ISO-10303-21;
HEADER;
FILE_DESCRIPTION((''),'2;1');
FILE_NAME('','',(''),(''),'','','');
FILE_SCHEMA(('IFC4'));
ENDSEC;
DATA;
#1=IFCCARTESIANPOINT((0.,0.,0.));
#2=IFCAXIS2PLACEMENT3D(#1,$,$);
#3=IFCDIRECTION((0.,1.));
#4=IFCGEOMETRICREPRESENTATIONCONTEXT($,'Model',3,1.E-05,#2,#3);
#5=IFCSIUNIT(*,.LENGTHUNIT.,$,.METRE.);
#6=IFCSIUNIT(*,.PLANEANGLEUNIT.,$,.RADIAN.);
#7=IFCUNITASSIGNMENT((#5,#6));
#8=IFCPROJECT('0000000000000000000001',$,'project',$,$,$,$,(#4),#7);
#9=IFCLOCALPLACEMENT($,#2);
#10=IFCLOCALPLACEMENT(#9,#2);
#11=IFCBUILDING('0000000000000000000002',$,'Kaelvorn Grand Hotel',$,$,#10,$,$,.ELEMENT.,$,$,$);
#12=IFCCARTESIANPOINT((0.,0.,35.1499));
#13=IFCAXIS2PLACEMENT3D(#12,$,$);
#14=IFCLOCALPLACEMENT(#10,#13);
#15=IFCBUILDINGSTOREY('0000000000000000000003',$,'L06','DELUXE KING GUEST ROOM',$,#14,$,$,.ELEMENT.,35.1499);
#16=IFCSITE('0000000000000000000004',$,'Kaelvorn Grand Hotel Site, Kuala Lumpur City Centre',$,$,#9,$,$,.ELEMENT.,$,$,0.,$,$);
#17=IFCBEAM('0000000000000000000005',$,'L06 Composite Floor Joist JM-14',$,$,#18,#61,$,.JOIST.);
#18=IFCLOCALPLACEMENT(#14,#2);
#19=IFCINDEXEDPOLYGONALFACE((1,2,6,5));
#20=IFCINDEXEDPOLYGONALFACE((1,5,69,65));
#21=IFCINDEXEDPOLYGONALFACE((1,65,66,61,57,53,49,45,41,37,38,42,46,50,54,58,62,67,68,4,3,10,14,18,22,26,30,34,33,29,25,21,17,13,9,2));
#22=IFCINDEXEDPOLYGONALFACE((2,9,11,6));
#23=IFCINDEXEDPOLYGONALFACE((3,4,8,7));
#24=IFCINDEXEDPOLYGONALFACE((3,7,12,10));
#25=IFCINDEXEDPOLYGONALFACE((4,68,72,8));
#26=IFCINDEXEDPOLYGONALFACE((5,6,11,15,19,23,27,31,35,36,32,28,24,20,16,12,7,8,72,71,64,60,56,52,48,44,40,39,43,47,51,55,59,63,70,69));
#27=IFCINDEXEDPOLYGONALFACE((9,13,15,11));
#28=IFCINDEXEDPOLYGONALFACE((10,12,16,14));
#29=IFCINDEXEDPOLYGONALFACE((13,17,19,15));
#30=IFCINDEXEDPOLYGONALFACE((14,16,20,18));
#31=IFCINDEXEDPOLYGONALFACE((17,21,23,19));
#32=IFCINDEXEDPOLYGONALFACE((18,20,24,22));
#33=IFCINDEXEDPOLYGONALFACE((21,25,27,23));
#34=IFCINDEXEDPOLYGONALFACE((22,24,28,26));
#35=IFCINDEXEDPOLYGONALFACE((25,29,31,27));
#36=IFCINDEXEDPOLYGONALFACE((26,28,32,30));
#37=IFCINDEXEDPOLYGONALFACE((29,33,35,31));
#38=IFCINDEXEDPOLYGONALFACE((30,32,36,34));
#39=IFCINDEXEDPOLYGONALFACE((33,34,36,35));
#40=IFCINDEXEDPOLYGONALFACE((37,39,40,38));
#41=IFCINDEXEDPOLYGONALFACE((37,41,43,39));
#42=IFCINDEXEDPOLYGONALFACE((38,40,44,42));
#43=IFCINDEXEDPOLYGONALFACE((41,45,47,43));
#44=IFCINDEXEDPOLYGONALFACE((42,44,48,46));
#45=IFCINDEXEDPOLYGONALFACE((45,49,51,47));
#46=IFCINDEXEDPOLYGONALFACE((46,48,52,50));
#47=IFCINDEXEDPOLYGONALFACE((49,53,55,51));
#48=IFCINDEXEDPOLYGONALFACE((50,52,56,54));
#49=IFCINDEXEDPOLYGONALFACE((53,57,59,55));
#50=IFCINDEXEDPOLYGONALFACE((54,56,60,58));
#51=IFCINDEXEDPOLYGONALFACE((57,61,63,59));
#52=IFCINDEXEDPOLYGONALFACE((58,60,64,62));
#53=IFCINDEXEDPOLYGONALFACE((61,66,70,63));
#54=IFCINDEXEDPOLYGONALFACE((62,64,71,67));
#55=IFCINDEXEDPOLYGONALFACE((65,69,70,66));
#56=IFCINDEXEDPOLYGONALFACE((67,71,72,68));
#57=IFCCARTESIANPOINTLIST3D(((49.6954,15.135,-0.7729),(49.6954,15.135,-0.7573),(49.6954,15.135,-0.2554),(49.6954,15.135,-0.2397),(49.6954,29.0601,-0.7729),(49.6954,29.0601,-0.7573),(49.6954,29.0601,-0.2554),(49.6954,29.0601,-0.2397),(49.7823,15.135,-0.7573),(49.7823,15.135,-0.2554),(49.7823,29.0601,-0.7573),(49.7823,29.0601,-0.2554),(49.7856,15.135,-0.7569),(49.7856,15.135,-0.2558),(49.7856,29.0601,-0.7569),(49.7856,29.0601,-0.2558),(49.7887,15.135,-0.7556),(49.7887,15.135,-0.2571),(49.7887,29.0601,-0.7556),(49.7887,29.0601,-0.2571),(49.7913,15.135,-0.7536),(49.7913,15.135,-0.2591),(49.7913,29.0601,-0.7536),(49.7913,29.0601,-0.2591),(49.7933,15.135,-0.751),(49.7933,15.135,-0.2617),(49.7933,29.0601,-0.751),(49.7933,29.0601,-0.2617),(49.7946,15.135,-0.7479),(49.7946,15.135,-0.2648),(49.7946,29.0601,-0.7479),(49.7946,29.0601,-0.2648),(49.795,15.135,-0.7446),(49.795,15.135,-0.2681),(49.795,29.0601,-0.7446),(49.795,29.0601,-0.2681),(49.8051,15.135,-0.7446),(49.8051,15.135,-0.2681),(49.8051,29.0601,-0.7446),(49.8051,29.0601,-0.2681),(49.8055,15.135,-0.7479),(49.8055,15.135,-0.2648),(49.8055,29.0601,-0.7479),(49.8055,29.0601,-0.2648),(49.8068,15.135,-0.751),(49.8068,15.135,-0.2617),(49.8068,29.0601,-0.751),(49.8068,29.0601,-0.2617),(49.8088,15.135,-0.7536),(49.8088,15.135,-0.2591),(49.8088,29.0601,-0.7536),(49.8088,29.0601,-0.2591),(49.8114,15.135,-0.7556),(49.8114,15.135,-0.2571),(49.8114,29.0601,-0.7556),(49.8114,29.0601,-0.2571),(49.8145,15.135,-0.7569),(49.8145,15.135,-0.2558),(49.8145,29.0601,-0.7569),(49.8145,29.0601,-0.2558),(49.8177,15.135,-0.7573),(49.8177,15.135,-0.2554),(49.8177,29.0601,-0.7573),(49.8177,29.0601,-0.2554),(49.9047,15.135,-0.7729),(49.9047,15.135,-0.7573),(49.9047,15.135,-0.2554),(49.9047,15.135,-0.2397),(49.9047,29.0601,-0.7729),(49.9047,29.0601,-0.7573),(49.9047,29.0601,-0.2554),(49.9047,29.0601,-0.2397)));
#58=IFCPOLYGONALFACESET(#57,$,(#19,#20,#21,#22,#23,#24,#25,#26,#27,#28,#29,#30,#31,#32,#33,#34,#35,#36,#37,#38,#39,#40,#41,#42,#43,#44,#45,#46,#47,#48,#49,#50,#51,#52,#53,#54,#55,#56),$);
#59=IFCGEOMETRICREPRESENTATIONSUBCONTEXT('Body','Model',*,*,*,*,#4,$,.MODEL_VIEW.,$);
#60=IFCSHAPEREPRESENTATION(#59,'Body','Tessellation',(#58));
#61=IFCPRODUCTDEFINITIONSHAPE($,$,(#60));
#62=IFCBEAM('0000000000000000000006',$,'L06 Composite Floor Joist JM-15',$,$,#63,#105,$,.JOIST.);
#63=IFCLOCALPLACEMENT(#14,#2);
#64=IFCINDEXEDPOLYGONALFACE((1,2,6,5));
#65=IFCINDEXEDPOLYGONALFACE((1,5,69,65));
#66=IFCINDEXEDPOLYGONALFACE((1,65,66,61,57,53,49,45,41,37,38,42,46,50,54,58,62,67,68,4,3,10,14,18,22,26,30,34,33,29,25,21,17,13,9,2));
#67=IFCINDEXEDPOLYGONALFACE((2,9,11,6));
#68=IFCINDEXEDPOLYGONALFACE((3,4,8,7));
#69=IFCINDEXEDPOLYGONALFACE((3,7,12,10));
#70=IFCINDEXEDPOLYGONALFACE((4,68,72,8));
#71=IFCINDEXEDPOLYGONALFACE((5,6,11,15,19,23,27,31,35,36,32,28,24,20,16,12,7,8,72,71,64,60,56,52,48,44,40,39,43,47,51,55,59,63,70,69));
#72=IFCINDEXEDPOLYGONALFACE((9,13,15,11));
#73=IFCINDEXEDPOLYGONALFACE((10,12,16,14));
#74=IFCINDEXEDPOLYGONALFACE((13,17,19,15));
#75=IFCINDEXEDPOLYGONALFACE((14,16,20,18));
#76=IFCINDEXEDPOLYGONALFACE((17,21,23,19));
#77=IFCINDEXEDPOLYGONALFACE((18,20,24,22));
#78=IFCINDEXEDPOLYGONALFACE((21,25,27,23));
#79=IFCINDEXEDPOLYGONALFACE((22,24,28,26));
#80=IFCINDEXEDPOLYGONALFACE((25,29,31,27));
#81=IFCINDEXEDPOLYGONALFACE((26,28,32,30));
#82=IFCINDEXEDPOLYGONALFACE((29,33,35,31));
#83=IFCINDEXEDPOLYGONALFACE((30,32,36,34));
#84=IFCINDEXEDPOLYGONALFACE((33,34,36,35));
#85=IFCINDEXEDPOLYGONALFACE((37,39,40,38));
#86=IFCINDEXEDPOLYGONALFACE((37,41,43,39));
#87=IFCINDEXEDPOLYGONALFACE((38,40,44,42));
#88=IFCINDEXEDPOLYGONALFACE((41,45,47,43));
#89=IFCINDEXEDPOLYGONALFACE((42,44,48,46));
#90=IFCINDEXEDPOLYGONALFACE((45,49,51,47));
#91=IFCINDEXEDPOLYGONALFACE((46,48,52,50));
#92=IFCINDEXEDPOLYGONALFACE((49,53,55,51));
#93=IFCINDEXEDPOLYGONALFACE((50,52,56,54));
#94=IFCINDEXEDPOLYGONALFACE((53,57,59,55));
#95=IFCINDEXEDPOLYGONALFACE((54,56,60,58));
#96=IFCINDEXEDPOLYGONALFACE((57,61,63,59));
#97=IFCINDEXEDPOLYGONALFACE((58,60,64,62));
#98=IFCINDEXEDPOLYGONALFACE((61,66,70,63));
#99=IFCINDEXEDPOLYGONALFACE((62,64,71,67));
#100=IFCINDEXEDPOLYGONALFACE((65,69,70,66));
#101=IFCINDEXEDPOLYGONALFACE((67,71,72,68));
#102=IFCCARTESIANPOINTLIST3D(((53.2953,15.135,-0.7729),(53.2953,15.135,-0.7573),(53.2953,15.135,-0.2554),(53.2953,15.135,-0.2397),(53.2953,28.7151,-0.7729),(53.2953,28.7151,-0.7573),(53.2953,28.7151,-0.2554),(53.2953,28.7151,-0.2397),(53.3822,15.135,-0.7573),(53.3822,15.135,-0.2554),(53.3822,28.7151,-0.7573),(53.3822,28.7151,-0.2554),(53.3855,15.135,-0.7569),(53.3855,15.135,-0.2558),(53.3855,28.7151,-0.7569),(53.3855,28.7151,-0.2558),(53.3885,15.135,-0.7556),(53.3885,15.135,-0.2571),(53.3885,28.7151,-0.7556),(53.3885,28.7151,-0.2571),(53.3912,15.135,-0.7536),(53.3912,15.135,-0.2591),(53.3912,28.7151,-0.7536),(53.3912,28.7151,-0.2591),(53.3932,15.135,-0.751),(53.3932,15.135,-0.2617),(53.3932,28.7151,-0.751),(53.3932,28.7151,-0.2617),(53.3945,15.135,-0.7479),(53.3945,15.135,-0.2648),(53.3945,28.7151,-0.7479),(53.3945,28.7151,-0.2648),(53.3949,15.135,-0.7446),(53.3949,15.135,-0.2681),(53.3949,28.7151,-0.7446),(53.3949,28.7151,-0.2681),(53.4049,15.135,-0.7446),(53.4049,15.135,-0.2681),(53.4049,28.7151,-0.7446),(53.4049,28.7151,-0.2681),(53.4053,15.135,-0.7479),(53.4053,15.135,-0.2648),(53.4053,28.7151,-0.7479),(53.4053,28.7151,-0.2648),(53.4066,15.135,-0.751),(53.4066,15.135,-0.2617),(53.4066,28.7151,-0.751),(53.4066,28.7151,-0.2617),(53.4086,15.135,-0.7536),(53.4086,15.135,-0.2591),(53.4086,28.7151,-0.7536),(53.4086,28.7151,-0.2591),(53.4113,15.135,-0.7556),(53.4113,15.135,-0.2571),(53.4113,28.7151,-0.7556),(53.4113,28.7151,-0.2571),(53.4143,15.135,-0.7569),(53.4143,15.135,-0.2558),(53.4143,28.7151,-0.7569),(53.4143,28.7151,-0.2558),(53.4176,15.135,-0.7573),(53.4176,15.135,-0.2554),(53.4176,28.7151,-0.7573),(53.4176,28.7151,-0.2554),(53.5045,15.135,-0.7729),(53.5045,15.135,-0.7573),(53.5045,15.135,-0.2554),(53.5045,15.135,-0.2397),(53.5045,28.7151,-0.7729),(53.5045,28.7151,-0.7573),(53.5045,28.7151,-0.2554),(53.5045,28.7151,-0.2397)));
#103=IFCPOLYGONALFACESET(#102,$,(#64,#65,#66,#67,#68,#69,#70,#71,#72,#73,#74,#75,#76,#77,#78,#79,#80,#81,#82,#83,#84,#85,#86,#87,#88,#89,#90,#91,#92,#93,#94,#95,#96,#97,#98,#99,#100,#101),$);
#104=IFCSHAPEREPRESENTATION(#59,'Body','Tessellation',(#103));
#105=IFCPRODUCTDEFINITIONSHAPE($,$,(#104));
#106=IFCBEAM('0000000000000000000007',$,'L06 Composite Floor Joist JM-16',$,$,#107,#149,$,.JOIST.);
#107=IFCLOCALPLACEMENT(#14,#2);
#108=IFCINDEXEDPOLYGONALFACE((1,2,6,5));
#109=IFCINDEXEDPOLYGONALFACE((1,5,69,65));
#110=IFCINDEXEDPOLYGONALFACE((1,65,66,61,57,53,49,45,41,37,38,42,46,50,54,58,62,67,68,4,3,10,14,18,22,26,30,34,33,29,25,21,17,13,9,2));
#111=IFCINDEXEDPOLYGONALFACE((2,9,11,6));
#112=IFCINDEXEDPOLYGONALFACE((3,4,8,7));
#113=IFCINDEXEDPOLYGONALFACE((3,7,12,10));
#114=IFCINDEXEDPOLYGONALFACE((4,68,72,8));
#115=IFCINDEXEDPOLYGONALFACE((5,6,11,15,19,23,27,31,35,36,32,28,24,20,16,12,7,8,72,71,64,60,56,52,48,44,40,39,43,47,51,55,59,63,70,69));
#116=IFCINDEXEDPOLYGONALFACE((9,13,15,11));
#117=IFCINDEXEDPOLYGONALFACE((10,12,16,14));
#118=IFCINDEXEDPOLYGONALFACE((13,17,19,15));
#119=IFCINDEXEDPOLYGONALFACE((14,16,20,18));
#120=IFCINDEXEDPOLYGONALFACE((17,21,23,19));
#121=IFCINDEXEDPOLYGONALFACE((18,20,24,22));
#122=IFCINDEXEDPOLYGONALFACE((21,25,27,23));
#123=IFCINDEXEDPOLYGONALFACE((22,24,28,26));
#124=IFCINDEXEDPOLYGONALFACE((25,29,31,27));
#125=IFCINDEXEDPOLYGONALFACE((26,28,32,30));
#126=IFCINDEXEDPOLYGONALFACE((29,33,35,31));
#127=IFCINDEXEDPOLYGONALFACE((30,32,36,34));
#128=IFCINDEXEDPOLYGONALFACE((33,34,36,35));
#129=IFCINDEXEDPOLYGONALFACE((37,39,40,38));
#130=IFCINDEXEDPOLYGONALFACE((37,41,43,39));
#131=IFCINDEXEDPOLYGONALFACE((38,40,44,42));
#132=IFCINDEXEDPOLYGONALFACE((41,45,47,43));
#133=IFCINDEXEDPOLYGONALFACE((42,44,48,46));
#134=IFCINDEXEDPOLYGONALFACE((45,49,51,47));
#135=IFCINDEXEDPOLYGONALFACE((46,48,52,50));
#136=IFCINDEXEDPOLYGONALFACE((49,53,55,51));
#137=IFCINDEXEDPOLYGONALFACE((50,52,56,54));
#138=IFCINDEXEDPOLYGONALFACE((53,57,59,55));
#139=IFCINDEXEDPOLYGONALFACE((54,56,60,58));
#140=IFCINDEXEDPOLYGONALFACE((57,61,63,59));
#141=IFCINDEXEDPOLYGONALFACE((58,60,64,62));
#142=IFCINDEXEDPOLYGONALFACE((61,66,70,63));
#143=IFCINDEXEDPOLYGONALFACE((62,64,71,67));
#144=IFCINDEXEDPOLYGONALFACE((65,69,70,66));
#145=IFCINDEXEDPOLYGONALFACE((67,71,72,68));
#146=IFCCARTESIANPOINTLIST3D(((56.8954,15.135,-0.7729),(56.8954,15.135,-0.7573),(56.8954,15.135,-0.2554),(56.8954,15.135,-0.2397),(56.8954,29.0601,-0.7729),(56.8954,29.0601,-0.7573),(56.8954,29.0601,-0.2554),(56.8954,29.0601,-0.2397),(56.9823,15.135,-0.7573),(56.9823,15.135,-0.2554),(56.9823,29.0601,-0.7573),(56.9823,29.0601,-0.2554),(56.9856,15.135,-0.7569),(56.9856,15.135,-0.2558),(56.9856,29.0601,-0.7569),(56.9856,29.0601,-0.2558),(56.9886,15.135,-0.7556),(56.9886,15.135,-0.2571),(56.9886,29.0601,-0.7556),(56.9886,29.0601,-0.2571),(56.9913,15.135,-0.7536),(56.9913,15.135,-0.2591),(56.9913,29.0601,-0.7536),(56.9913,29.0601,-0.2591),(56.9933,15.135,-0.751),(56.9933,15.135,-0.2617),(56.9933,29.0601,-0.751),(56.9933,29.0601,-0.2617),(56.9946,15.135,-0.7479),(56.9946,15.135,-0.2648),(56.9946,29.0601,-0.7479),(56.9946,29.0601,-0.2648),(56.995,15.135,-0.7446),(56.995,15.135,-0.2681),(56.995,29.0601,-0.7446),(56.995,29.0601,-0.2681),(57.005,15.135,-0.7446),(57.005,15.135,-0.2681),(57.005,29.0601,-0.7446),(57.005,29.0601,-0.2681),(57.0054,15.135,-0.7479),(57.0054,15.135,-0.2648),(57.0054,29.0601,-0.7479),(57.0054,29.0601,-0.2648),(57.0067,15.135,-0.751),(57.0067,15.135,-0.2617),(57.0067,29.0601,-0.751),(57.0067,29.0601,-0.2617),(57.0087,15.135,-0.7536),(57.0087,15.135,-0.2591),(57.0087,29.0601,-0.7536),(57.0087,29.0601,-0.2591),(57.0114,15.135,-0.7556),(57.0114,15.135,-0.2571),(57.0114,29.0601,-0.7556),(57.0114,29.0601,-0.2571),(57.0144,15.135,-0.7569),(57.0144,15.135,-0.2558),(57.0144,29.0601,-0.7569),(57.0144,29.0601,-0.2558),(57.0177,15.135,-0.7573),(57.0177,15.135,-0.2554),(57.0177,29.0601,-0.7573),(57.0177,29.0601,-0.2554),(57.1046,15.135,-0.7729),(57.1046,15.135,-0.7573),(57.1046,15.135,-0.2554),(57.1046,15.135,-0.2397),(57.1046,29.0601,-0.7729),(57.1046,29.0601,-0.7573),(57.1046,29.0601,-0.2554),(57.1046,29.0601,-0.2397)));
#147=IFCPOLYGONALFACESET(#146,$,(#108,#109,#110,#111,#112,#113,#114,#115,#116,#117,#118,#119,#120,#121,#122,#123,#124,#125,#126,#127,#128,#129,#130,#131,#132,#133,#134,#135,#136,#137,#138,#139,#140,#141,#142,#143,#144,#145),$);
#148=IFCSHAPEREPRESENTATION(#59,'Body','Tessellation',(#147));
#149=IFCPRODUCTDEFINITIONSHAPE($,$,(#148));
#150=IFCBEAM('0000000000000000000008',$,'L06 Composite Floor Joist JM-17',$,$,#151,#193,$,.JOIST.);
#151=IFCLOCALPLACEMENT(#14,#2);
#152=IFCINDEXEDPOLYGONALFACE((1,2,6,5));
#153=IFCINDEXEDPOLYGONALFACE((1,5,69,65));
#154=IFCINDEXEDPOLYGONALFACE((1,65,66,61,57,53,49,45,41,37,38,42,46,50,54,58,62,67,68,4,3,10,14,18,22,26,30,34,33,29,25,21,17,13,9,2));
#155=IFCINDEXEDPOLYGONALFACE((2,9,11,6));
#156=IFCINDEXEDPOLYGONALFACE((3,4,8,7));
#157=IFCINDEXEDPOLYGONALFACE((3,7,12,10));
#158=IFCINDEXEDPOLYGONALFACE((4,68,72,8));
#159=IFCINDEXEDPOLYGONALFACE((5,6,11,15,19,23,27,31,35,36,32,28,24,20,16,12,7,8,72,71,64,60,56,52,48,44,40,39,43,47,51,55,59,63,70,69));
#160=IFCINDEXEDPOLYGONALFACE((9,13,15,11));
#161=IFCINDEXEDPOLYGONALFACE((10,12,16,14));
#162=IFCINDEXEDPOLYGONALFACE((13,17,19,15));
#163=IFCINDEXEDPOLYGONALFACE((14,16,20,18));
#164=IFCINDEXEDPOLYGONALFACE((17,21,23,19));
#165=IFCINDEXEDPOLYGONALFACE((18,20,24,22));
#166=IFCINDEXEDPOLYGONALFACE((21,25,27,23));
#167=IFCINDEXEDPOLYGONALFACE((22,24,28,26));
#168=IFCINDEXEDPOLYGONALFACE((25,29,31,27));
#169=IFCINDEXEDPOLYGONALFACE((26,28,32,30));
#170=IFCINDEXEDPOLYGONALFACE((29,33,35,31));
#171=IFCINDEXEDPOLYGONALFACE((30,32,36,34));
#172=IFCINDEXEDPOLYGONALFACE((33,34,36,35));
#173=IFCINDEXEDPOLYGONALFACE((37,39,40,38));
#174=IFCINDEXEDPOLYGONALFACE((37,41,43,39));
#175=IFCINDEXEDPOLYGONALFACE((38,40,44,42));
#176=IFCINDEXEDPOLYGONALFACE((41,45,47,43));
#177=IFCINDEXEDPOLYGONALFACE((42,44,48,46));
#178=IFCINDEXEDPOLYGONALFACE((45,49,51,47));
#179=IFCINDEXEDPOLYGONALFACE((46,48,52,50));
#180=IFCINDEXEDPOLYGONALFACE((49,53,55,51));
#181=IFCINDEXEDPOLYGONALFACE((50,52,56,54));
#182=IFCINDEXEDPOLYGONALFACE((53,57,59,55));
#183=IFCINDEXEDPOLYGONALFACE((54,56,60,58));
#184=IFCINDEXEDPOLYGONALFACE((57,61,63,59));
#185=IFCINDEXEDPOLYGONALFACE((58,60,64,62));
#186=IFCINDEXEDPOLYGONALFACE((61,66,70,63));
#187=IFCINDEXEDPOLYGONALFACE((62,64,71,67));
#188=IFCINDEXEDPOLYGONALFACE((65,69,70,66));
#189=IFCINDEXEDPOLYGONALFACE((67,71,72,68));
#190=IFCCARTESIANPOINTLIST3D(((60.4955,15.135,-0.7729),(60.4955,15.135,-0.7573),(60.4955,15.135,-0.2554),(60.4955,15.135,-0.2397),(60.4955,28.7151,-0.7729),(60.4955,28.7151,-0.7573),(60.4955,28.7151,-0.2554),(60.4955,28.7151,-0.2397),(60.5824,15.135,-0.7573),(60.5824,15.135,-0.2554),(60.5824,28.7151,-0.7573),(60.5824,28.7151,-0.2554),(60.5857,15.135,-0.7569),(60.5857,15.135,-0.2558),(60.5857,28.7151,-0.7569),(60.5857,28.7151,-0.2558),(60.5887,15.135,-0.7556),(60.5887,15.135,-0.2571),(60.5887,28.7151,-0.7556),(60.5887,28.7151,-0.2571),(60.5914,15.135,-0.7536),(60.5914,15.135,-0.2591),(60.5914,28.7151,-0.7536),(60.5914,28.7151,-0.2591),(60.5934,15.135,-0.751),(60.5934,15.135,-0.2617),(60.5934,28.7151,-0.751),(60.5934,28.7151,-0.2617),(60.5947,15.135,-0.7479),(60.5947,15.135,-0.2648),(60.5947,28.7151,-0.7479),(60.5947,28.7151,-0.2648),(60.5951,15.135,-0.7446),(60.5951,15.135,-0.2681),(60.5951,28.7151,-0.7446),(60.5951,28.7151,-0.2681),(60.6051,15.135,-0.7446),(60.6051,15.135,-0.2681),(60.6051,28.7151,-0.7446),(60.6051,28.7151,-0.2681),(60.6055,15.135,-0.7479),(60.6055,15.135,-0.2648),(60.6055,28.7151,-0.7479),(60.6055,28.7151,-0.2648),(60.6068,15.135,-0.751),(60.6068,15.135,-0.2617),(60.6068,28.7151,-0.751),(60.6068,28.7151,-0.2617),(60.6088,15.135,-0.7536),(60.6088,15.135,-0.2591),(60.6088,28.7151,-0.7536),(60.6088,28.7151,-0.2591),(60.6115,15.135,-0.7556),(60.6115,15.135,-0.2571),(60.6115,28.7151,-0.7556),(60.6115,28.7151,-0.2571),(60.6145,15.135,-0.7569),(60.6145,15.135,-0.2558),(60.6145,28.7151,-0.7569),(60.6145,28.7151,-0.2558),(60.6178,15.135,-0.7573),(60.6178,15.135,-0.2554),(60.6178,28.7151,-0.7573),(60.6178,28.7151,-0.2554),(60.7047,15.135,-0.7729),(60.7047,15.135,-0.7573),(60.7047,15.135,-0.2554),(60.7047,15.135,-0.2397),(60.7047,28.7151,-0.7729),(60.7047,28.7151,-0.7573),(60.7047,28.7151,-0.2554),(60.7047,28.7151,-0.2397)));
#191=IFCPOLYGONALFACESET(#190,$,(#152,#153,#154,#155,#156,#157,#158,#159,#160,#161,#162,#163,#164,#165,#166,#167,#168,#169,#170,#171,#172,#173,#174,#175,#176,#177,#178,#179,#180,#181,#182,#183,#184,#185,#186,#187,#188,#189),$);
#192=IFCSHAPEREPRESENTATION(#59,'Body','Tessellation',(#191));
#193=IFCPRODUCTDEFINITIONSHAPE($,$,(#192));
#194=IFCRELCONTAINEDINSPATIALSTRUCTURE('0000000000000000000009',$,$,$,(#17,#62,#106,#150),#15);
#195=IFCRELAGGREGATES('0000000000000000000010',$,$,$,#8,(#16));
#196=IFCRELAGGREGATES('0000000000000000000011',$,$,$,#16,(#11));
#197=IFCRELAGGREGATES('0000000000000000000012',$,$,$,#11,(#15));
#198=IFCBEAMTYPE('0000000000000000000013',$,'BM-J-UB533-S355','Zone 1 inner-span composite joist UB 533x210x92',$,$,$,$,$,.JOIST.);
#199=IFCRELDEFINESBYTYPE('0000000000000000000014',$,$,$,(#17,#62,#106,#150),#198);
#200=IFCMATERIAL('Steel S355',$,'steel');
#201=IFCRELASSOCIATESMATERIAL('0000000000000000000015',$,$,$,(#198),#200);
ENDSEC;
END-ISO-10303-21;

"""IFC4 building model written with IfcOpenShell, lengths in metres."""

from ifc_helpers import new_model, si_unit, direction, frame, origin, origin_2d, place, context, subcontext, project, spatial, i_section, extrude, material, material_profile, profile_set, type_object, element, save


model = new_model("IFC4")

# Units and contexts
model_context = context("Model", 3, precision=1e-05, world=origin(), true_north=direction((0.0, 1.0)))
body_context = subcontext(model_context, "Body", "Model", "MODEL_VIEW")
ifc_project = project(units=[si_unit("LENGTHUNIT", "METRE"), si_unit("PLANEANGLEUNIT", "RADIAN")], contexts=[model_context])

# Site, building, storey
site_placement = place(None, origin())
site = spatial("IfcSite", under=ifc_project, at=site_placement, Name="Kaelvorn Grand Hotel Site, Kuala Lumpur City Centre", CompositionType="ELEMENT", RefElevation=0.0)
building_placement = place(site_placement, origin())
building = spatial("IfcBuilding", under=site, at=building_placement, Name="Kaelvorn Grand Hotel", CompositionType="ELEMENT")
storey_placement = place(building_placement, frame((0.0, 0.0, 35.1499)))
storey = spatial("IfcBuildingStorey", under=building, at=storey_placement, Name="L06", Description="DELUXE KING GUEST ROOM", CompositionType="ELEMENT", Elevation=35.1499)

# Beams
ifc_material_1 = material(Name="Steel S355", Category="steel")
ifc_material_profile_1 = material_profile(ifc_material_1, i_section(OverallWidth=0.2092, OverallDepth=0.5332, WebThickness=0.01, FlangeThickness=0.0156, FilletRadius=0.0127, at=origin_2d()), Name="UB 533x210x92")
ifc_profile_set_1 = profile_set([ifc_material_profile_1], Name="Steel S355")
beam_type_1 = type_object("IfcBeamType", Name="BM-J-UB533-S355", Description="Zone 1 inner-span composite joist UB 533x210x92", PredefinedType="JOIST", material=ifc_profile_set_1)
beam_1_placement = place(storey_placement, frame((49.8, 15.135, -0.5063), z_axis=(0.0, 1.0, 0.0), x_axis=(-1.0, 0.0, 0.0)))
element("IfcBeam", 1, at=beam_1_placement, inside=storey, type_object=beam_type_1, Name="L06 Composite Floor Joist JM-14", PredefinedType="JOIST", context=body_context, shape_type="SweptSolid", body=[
    extrude(i_section(OverallWidth=0.2092, OverallDepth=0.5332, WebThickness=0.01, FlangeThickness=0.0156, FilletRadius=0.0127, at=origin_2d()), origin(), (0.0, 0.0, 1.0), 13.925),
])
beam_2_placement = place(storey_placement, frame((53.3999, 15.135, -0.5063), z_axis=(0.0, 1.0, 0.0), x_axis=(-1.0, 0.0, 0.0)))
element("IfcBeam", 2, at=beam_2_placement, inside=storey, type_object=beam_type_1, Name="L06 Composite Floor Joist JM-15", PredefinedType="JOIST", context=body_context, shape_type="SweptSolid", body=[
    extrude(i_section(OverallWidth=0.2092, OverallDepth=0.5332, WebThickness=0.01, FlangeThickness=0.0156, FilletRadius=0.0127, at=origin_2d()), origin(), (0.0, 0.0, 1.0), 13.5801),
])
beam_3_placement = place(storey_placement, frame((57.0, 15.135, -0.5063), z_axis=(0.0, 1.0, 0.0), x_axis=(-1.0, 0.0, 0.0)))
element("IfcBeam", 3, at=beam_3_placement, inside=storey, type_object=beam_type_1, Name="L06 Composite Floor Joist JM-16", PredefinedType="JOIST", context=body_context, shape_type="SweptSolid", body=[
    extrude(i_section(OverallWidth=0.2092, OverallDepth=0.5332, WebThickness=0.01, FlangeThickness=0.0156, FilletRadius=0.0127, at=origin_2d()), origin(), (0.0, 0.0, 1.0), 13.925),
])
beam_4_placement = place(storey_placement, frame((60.6001, 15.135, -0.5063), z_axis=(0.0, 1.0, 0.0), x_axis=(-1.0, 0.0, 0.0)))
element("IfcBeam", 4, at=beam_4_placement, inside=storey, type_object=beam_type_1, Name="L06 Composite Floor Joist JM-17", PredefinedType="JOIST", context=body_context, shape_type="SweptSolid", body=[
    extrude(i_section(OverallWidth=0.2092, OverallDepth=0.5332, WebThickness=0.01, FlangeThickness=0.0156, FilletRadius=0.0127, at=origin_2d()), origin(), (0.0, 0.0, 1.0), 13.5801),
])

save(model, "model.ifc")
